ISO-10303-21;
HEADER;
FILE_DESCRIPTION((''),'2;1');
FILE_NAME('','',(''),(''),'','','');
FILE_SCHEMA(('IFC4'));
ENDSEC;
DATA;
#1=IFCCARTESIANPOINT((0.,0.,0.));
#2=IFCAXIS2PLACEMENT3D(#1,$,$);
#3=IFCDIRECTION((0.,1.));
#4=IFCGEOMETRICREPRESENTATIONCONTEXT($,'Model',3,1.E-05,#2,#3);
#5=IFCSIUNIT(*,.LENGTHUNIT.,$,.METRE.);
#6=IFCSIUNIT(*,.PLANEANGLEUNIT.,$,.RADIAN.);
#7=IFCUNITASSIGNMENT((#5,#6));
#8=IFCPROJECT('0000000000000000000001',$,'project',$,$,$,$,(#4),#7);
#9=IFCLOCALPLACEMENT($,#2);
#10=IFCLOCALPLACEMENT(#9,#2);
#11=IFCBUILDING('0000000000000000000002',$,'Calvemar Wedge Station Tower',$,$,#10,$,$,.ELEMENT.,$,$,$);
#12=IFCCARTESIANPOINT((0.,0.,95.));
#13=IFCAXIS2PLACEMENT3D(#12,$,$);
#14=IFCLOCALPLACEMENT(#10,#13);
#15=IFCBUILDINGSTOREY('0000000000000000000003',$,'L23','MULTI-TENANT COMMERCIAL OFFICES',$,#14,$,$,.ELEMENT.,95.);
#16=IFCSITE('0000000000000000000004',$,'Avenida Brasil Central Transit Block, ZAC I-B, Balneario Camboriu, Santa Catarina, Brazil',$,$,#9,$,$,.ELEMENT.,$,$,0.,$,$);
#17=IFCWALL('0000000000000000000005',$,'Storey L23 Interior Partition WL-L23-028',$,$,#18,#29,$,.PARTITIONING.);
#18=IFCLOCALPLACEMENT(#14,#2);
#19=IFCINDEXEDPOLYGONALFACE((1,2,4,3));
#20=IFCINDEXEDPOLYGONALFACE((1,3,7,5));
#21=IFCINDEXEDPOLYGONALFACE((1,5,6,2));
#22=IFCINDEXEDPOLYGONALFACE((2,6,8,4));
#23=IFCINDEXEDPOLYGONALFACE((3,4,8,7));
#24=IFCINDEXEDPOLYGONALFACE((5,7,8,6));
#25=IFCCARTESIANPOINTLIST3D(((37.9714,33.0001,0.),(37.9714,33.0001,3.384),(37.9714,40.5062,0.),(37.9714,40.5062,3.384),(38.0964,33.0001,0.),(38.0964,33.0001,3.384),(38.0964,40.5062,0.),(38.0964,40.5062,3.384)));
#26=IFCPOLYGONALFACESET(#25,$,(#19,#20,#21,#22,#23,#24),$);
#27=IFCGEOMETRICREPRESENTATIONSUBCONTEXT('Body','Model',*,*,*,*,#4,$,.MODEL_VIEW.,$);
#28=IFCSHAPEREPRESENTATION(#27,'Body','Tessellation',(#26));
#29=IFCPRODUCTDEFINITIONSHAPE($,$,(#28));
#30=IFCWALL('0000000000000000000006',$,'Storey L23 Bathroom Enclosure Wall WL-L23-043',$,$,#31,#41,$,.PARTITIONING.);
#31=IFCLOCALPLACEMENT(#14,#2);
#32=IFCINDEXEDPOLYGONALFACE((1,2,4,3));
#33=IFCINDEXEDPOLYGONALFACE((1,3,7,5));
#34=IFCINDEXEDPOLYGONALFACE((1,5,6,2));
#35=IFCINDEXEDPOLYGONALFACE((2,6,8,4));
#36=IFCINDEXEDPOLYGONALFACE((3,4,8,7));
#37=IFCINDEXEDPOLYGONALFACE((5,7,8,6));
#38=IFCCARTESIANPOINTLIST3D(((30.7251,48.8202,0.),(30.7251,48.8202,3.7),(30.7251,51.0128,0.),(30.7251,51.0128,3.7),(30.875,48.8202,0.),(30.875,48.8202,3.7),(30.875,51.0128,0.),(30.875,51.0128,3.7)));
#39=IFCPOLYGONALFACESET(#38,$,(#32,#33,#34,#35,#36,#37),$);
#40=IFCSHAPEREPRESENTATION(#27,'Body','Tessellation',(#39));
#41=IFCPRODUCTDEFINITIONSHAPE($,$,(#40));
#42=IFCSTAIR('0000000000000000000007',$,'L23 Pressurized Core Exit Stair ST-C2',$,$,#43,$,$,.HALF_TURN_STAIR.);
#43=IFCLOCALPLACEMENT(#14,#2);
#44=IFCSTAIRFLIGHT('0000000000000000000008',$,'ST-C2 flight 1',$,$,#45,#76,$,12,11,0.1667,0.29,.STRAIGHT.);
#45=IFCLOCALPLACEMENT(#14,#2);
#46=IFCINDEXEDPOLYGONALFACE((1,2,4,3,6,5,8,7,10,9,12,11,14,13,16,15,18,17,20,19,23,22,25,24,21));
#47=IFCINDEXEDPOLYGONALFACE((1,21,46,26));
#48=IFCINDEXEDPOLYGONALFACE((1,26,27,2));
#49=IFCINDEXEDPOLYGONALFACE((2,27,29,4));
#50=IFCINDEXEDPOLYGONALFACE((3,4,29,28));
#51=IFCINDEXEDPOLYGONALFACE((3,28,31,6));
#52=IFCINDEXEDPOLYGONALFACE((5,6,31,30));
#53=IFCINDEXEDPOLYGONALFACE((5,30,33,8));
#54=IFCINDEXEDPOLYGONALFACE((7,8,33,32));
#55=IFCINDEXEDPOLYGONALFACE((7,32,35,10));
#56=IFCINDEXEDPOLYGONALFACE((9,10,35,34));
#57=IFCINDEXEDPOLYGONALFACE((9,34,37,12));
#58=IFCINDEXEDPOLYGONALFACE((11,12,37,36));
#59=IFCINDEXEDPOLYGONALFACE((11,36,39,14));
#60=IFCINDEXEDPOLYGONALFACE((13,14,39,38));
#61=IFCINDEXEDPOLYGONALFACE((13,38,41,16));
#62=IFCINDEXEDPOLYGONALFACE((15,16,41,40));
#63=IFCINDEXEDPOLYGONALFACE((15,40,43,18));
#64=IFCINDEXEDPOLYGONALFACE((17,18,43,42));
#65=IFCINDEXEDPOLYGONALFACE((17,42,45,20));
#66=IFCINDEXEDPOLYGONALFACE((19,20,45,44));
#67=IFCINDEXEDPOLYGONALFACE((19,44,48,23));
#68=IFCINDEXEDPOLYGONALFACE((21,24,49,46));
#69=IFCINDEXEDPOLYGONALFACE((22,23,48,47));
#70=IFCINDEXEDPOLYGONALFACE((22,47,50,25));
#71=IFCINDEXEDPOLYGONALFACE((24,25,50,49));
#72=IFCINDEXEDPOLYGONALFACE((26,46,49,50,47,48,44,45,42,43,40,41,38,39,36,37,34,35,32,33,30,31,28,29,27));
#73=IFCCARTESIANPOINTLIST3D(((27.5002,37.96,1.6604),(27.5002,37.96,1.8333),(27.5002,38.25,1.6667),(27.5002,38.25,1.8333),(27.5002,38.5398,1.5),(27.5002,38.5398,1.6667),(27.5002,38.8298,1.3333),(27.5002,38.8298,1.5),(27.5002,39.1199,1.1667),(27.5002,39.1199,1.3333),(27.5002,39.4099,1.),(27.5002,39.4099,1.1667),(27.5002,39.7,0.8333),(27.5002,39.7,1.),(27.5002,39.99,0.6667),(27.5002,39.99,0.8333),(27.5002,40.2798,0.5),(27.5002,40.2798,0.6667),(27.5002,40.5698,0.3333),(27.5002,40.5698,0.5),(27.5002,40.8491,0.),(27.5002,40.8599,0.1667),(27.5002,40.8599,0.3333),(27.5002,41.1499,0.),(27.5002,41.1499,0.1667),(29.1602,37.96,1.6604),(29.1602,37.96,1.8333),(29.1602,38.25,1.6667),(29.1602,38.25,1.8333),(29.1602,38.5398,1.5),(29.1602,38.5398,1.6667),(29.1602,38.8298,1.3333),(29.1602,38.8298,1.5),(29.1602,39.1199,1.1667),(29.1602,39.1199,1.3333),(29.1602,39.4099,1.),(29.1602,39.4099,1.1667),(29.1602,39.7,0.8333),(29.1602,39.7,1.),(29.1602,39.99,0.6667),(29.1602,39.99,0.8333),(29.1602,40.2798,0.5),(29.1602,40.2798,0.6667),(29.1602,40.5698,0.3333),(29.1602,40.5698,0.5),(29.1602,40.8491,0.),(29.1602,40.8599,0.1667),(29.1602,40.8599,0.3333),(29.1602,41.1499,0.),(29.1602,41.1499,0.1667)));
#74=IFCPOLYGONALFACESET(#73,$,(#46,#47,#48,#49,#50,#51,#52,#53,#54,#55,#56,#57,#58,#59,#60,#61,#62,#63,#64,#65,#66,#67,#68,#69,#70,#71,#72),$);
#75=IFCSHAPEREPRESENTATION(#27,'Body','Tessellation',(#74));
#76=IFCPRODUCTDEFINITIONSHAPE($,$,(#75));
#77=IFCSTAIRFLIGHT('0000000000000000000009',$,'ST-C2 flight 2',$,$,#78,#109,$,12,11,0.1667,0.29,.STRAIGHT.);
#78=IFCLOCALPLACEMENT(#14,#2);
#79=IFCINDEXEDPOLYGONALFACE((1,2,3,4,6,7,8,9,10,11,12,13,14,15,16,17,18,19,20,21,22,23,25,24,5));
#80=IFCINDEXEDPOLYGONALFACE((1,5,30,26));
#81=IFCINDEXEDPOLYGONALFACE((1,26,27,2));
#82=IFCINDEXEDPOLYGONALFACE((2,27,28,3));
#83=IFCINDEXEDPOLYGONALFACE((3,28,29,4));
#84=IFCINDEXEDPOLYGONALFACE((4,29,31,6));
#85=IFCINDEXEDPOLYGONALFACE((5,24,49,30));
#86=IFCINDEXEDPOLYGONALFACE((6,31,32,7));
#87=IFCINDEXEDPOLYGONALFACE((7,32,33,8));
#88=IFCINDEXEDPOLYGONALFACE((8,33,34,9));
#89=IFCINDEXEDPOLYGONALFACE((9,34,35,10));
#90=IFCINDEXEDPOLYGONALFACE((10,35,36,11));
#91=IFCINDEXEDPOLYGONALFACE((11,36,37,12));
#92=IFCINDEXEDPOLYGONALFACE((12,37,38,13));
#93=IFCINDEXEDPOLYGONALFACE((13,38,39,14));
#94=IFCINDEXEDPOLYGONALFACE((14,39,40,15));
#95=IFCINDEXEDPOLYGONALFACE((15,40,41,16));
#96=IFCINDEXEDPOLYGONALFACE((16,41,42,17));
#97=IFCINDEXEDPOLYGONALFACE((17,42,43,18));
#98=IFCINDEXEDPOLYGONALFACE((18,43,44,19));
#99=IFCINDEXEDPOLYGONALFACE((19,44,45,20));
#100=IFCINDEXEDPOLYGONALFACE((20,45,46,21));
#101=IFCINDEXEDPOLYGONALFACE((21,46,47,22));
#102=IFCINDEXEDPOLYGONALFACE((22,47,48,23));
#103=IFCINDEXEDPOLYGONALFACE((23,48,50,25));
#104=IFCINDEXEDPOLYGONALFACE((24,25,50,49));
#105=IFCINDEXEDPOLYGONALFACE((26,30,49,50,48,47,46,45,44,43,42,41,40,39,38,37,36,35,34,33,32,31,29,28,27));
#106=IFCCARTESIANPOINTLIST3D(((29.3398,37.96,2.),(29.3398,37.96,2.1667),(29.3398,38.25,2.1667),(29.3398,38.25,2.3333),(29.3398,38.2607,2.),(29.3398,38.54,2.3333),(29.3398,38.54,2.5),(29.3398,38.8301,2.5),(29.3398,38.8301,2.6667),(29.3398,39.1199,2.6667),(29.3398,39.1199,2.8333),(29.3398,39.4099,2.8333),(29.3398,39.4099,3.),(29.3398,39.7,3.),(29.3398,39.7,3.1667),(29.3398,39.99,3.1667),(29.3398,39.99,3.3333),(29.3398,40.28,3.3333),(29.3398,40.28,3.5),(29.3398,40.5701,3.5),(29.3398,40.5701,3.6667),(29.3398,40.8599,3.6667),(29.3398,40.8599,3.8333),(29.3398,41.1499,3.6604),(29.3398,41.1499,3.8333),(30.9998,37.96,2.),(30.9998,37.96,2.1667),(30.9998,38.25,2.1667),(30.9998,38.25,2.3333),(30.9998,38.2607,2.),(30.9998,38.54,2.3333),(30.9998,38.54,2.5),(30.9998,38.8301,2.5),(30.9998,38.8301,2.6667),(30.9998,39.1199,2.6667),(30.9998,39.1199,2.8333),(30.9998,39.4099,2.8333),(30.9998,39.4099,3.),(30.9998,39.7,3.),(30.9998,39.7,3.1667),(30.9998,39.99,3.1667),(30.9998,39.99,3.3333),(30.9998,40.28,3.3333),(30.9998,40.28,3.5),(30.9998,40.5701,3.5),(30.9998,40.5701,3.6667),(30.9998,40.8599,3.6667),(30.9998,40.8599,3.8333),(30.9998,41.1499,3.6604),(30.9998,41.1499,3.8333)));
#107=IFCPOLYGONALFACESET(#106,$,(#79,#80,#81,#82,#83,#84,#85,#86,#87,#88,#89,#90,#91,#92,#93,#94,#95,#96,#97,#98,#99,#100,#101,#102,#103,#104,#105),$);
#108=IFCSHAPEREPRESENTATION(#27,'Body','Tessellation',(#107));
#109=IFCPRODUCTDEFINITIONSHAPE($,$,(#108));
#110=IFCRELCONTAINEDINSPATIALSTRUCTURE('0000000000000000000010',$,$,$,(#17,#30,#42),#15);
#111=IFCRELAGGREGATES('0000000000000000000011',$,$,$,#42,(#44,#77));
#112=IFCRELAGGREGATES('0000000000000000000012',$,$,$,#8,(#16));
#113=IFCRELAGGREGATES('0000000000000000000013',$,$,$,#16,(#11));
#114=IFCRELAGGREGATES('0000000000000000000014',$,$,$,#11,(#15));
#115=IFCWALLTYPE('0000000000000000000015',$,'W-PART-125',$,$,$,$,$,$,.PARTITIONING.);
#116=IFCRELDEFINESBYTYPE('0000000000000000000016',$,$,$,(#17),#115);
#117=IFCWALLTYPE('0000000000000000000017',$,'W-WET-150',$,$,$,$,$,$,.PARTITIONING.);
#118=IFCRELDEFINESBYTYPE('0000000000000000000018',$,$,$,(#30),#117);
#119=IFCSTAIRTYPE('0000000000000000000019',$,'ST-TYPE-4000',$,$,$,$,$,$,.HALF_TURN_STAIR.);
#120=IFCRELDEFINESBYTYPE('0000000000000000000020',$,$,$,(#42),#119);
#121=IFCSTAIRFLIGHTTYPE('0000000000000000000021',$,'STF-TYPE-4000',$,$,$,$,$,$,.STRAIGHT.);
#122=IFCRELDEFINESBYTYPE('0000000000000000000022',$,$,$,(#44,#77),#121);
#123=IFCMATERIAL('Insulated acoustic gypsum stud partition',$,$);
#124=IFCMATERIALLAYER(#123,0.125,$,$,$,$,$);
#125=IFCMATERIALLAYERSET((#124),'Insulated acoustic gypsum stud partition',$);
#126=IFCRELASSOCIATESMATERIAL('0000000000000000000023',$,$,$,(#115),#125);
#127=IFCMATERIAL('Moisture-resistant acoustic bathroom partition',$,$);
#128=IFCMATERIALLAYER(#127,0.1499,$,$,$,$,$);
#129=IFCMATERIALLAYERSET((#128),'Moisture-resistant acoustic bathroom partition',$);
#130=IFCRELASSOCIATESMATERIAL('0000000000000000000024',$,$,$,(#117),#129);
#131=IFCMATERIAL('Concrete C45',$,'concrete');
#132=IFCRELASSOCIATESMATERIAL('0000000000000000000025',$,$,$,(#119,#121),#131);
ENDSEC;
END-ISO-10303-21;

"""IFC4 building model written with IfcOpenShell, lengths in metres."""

from ifc_helpers import new_model, si_unit, direction, frame, frame_2d, origin, place, context, subcontext, project, spatial, polyline, rectangle, outline, extrude, material, layer, layer_set, type_object, element, aggregate, save


model = new_model("IFC4")

# Units and contexts
model_context = context("Model", 3, precision=1e-05, world=origin(), true_north=direction((0.0, 1.0)))
body_context = subcontext(model_context, "Body", "Model", "MODEL_VIEW")
ifc_project = project(units=[si_unit("LENGTHUNIT", "METRE"), si_unit("PLANEANGLEUNIT", "RADIAN")], contexts=[model_context])

# Site, building, storey
site_placement = place(None, origin())
site = spatial("IfcSite", under=ifc_project, at=site_placement, Name="Avenida Brasil Central Transit Block, ZAC I-B, Balneario Camboriu, Santa Catarina, Brazil", CompositionType="ELEMENT", RefElevation=0.0)
building_placement = place(site_placement, origin())
building = spatial("IfcBuilding", under=site, at=building_placement, Name="Calvemar Wedge Station Tower", CompositionType="ELEMENT")
storey_placement = place(building_placement, frame((0.0, 0.0, 95.0)))
storey = spatial("IfcBuildingStorey", under=building, at=storey_placement, Name="L23", Description="MULTI-TENANT COMMERCIAL OFFICES", CompositionType="ELEMENT", Elevation=95.0)

# Walls
ifc_material_1 = material(Name="Insulated acoustic gypsum stud partition")
ifc_layer_1 = layer(ifc_material_1, 0.125)
ifc_layer_set_1 = layer_set([ifc_layer_1], Name="Insulated acoustic gypsum stud partition")
wall_type_1 = type_object("IfcWallType", Name="W-PART-125", PredefinedType="PARTITIONING", material=ifc_layer_set_1)
wall_1_placement = place(storey_placement, frame((38.0339, 40.5061, 0.0), z_axis=(0.0, 0.0, 1.0), x_axis=(0.0, -1.0, 0.0)))
element("IfcWall", 1, at=wall_1_placement, inside=storey, type_object=wall_type_1, Name="Storey L23 Interior Partition WL-L23-028", PredefinedType="PARTITIONING", context=body_context, shape_type="SweptSolid", body=[
    extrude(rectangle(XDim=7.5061, YDim=0.125, at=frame_2d((3.7529, 0.0))), origin(), (0.0, 0.0, 1.0), 3.384),
])
ifc_material_2 = material(Name="Moisture-resistant acoustic bathroom partition")
ifc_layer_2 = layer(ifc_material_2, 0.1499)
ifc_layer_set_2 = layer_set([ifc_layer_2], Name="Moisture-resistant acoustic bathroom partition")
wall_type_2 = type_object("IfcWallType", Name="W-WET-150", PredefinedType="PARTITIONING", material=ifc_layer_set_2)
wall_2_placement = place(storey_placement, frame((30.8, 51.0127, 0.0), z_axis=(0.0, 0.0, 1.0), x_axis=(0.0, -1.0, 0.0)))
element("IfcWall", 2, at=wall_2_placement, inside=storey, type_object=wall_type_2, Name="Storey L23 Bathroom Enclosure Wall WL-L23-043", PredefinedType="PARTITIONING", context=body_context, shape_type="SweptSolid", body=[
    extrude(rectangle(XDim=2.1926, YDim=0.1499, at=frame_2d((1.0962, 0.0))), origin(), (0.0, 0.0, 1.0), 3.7),
])

# Stair, stair flights
ifc_material_3 = material(Name="Concrete C45", Category="concrete")
stair_type = type_object("IfcStairType", Name="ST-TYPE-4000", PredefinedType="HALF_TURN_STAIR", material=ifc_material_3)
stair_placement = place(storey_placement, origin())
stair = element("IfcStair", 3, at=stair_placement, inside=storey, type_object=stair_type, Name="L23 Pressurized Core Exit Stair ST-C2", PredefinedType="HALF_TURN_STAIR")
stair_flight_type = type_object("IfcStairFlightType", Name="STF-TYPE-4000", PredefinedType="STRAIGHT", material=ifc_material_3)
stair_flight_1_placement = place(storey_placement, frame((28.3301, 41.1499, 0.0), z_axis=(0.0, 0.0, 1.0), x_axis=(0.0, -1.0, 0.0)))
stair_flight_1 = element("IfcStairFlight", 4, at=stair_flight_1_placement, type_object=stair_flight_type, Name="ST-C2 flight 1", NumberOfRisers=12, NumberOfTreads=11, PredefinedType="STRAIGHT", RiserHeight=0.1667, TreadLength=0.29, context=body_context, shape_type="SweptSolid", body=[
    extrude(outline(polyline([(0.0, 0.0), (0.0, 0.1667), (0.29, 0.1667), (0.29, 0.3333), (0.5801, 0.3333), (0.5801, 0.5), (0.8701, 0.5), (0.8701, 0.6667), (1.1599, 0.6667), (1.1599, 0.8333), (1.45, 0.8333), (1.45, 1.0), (1.74, 1.0), (1.74, 1.1667), (2.03, 1.1667), (2.03, 1.3333), (2.3201, 1.3333), (2.3201, 1.5), (2.6101, 1.5), (2.6101, 1.6667), (2.8999, 1.6667), (2.8999, 1.8333), (3.1899, 1.8333), (3.1899, 2.0), (3.1899, 1.6604), (0.3008, 0.0), (0.0, 0.0)])), frame((0.0, 0.8301, 0.0), z_axis=(0.0, -1.0, 0.0), x_axis=(1.0, 0.0, 0.0)), (0.0, 0.0, 1.0), 1.6599),
])
stair_flight_2_placement = place(storey_placement, frame((30.1699, 37.96, 2.0), z_axis=(0.0, 0.0, 1.0), x_axis=(0.0, 1.0, 0.0)))
stair_flight_2 = element("IfcStairFlight", 5, at=stair_flight_2_placement, type_object=stair_flight_type, Name="ST-C2 flight 2", NumberOfRisers=12, NumberOfTreads=11, PredefinedType="STRAIGHT", RiserHeight=0.1667, TreadLength=0.29, context=body_context, shape_type="SweptSolid", body=[
    extrude(outline(polyline([(0.0, 0.0), (0.0, 0.1667), (0.29, 0.1667), (0.29, 0.3333), (0.5801, 0.3333), (0.5801, 0.5), (0.8701, 0.5), (0.8701, 0.6667), (1.1599, 0.6667), (1.1599, 0.8333), (1.45, 0.8333), (1.45, 1.0), (1.74, 1.0), (1.74, 1.1667), (2.03, 1.1667), (2.03, 1.3333), (2.3201, 1.3333), (2.3201, 1.5), (2.6101, 1.5), (2.6101, 1.6667), (2.8999, 1.6667), (2.8999, 1.8333), (3.1899, 1.8333), (3.1899, 2.0), (3.1899, 1.6604), (0.3008, 0.0), (0.0, 0.0)])), frame((0.0, 0.8301, 0.0), z_axis=(0.0, -1.0, 0.0), x_axis=(1.0, 0.0, 0.0)), (0.0, 0.0, 1.0), 1.6599),
])
aggregate(stair, [stair_flight_1, stair_flight_2])

save(model, "model.ifc")
